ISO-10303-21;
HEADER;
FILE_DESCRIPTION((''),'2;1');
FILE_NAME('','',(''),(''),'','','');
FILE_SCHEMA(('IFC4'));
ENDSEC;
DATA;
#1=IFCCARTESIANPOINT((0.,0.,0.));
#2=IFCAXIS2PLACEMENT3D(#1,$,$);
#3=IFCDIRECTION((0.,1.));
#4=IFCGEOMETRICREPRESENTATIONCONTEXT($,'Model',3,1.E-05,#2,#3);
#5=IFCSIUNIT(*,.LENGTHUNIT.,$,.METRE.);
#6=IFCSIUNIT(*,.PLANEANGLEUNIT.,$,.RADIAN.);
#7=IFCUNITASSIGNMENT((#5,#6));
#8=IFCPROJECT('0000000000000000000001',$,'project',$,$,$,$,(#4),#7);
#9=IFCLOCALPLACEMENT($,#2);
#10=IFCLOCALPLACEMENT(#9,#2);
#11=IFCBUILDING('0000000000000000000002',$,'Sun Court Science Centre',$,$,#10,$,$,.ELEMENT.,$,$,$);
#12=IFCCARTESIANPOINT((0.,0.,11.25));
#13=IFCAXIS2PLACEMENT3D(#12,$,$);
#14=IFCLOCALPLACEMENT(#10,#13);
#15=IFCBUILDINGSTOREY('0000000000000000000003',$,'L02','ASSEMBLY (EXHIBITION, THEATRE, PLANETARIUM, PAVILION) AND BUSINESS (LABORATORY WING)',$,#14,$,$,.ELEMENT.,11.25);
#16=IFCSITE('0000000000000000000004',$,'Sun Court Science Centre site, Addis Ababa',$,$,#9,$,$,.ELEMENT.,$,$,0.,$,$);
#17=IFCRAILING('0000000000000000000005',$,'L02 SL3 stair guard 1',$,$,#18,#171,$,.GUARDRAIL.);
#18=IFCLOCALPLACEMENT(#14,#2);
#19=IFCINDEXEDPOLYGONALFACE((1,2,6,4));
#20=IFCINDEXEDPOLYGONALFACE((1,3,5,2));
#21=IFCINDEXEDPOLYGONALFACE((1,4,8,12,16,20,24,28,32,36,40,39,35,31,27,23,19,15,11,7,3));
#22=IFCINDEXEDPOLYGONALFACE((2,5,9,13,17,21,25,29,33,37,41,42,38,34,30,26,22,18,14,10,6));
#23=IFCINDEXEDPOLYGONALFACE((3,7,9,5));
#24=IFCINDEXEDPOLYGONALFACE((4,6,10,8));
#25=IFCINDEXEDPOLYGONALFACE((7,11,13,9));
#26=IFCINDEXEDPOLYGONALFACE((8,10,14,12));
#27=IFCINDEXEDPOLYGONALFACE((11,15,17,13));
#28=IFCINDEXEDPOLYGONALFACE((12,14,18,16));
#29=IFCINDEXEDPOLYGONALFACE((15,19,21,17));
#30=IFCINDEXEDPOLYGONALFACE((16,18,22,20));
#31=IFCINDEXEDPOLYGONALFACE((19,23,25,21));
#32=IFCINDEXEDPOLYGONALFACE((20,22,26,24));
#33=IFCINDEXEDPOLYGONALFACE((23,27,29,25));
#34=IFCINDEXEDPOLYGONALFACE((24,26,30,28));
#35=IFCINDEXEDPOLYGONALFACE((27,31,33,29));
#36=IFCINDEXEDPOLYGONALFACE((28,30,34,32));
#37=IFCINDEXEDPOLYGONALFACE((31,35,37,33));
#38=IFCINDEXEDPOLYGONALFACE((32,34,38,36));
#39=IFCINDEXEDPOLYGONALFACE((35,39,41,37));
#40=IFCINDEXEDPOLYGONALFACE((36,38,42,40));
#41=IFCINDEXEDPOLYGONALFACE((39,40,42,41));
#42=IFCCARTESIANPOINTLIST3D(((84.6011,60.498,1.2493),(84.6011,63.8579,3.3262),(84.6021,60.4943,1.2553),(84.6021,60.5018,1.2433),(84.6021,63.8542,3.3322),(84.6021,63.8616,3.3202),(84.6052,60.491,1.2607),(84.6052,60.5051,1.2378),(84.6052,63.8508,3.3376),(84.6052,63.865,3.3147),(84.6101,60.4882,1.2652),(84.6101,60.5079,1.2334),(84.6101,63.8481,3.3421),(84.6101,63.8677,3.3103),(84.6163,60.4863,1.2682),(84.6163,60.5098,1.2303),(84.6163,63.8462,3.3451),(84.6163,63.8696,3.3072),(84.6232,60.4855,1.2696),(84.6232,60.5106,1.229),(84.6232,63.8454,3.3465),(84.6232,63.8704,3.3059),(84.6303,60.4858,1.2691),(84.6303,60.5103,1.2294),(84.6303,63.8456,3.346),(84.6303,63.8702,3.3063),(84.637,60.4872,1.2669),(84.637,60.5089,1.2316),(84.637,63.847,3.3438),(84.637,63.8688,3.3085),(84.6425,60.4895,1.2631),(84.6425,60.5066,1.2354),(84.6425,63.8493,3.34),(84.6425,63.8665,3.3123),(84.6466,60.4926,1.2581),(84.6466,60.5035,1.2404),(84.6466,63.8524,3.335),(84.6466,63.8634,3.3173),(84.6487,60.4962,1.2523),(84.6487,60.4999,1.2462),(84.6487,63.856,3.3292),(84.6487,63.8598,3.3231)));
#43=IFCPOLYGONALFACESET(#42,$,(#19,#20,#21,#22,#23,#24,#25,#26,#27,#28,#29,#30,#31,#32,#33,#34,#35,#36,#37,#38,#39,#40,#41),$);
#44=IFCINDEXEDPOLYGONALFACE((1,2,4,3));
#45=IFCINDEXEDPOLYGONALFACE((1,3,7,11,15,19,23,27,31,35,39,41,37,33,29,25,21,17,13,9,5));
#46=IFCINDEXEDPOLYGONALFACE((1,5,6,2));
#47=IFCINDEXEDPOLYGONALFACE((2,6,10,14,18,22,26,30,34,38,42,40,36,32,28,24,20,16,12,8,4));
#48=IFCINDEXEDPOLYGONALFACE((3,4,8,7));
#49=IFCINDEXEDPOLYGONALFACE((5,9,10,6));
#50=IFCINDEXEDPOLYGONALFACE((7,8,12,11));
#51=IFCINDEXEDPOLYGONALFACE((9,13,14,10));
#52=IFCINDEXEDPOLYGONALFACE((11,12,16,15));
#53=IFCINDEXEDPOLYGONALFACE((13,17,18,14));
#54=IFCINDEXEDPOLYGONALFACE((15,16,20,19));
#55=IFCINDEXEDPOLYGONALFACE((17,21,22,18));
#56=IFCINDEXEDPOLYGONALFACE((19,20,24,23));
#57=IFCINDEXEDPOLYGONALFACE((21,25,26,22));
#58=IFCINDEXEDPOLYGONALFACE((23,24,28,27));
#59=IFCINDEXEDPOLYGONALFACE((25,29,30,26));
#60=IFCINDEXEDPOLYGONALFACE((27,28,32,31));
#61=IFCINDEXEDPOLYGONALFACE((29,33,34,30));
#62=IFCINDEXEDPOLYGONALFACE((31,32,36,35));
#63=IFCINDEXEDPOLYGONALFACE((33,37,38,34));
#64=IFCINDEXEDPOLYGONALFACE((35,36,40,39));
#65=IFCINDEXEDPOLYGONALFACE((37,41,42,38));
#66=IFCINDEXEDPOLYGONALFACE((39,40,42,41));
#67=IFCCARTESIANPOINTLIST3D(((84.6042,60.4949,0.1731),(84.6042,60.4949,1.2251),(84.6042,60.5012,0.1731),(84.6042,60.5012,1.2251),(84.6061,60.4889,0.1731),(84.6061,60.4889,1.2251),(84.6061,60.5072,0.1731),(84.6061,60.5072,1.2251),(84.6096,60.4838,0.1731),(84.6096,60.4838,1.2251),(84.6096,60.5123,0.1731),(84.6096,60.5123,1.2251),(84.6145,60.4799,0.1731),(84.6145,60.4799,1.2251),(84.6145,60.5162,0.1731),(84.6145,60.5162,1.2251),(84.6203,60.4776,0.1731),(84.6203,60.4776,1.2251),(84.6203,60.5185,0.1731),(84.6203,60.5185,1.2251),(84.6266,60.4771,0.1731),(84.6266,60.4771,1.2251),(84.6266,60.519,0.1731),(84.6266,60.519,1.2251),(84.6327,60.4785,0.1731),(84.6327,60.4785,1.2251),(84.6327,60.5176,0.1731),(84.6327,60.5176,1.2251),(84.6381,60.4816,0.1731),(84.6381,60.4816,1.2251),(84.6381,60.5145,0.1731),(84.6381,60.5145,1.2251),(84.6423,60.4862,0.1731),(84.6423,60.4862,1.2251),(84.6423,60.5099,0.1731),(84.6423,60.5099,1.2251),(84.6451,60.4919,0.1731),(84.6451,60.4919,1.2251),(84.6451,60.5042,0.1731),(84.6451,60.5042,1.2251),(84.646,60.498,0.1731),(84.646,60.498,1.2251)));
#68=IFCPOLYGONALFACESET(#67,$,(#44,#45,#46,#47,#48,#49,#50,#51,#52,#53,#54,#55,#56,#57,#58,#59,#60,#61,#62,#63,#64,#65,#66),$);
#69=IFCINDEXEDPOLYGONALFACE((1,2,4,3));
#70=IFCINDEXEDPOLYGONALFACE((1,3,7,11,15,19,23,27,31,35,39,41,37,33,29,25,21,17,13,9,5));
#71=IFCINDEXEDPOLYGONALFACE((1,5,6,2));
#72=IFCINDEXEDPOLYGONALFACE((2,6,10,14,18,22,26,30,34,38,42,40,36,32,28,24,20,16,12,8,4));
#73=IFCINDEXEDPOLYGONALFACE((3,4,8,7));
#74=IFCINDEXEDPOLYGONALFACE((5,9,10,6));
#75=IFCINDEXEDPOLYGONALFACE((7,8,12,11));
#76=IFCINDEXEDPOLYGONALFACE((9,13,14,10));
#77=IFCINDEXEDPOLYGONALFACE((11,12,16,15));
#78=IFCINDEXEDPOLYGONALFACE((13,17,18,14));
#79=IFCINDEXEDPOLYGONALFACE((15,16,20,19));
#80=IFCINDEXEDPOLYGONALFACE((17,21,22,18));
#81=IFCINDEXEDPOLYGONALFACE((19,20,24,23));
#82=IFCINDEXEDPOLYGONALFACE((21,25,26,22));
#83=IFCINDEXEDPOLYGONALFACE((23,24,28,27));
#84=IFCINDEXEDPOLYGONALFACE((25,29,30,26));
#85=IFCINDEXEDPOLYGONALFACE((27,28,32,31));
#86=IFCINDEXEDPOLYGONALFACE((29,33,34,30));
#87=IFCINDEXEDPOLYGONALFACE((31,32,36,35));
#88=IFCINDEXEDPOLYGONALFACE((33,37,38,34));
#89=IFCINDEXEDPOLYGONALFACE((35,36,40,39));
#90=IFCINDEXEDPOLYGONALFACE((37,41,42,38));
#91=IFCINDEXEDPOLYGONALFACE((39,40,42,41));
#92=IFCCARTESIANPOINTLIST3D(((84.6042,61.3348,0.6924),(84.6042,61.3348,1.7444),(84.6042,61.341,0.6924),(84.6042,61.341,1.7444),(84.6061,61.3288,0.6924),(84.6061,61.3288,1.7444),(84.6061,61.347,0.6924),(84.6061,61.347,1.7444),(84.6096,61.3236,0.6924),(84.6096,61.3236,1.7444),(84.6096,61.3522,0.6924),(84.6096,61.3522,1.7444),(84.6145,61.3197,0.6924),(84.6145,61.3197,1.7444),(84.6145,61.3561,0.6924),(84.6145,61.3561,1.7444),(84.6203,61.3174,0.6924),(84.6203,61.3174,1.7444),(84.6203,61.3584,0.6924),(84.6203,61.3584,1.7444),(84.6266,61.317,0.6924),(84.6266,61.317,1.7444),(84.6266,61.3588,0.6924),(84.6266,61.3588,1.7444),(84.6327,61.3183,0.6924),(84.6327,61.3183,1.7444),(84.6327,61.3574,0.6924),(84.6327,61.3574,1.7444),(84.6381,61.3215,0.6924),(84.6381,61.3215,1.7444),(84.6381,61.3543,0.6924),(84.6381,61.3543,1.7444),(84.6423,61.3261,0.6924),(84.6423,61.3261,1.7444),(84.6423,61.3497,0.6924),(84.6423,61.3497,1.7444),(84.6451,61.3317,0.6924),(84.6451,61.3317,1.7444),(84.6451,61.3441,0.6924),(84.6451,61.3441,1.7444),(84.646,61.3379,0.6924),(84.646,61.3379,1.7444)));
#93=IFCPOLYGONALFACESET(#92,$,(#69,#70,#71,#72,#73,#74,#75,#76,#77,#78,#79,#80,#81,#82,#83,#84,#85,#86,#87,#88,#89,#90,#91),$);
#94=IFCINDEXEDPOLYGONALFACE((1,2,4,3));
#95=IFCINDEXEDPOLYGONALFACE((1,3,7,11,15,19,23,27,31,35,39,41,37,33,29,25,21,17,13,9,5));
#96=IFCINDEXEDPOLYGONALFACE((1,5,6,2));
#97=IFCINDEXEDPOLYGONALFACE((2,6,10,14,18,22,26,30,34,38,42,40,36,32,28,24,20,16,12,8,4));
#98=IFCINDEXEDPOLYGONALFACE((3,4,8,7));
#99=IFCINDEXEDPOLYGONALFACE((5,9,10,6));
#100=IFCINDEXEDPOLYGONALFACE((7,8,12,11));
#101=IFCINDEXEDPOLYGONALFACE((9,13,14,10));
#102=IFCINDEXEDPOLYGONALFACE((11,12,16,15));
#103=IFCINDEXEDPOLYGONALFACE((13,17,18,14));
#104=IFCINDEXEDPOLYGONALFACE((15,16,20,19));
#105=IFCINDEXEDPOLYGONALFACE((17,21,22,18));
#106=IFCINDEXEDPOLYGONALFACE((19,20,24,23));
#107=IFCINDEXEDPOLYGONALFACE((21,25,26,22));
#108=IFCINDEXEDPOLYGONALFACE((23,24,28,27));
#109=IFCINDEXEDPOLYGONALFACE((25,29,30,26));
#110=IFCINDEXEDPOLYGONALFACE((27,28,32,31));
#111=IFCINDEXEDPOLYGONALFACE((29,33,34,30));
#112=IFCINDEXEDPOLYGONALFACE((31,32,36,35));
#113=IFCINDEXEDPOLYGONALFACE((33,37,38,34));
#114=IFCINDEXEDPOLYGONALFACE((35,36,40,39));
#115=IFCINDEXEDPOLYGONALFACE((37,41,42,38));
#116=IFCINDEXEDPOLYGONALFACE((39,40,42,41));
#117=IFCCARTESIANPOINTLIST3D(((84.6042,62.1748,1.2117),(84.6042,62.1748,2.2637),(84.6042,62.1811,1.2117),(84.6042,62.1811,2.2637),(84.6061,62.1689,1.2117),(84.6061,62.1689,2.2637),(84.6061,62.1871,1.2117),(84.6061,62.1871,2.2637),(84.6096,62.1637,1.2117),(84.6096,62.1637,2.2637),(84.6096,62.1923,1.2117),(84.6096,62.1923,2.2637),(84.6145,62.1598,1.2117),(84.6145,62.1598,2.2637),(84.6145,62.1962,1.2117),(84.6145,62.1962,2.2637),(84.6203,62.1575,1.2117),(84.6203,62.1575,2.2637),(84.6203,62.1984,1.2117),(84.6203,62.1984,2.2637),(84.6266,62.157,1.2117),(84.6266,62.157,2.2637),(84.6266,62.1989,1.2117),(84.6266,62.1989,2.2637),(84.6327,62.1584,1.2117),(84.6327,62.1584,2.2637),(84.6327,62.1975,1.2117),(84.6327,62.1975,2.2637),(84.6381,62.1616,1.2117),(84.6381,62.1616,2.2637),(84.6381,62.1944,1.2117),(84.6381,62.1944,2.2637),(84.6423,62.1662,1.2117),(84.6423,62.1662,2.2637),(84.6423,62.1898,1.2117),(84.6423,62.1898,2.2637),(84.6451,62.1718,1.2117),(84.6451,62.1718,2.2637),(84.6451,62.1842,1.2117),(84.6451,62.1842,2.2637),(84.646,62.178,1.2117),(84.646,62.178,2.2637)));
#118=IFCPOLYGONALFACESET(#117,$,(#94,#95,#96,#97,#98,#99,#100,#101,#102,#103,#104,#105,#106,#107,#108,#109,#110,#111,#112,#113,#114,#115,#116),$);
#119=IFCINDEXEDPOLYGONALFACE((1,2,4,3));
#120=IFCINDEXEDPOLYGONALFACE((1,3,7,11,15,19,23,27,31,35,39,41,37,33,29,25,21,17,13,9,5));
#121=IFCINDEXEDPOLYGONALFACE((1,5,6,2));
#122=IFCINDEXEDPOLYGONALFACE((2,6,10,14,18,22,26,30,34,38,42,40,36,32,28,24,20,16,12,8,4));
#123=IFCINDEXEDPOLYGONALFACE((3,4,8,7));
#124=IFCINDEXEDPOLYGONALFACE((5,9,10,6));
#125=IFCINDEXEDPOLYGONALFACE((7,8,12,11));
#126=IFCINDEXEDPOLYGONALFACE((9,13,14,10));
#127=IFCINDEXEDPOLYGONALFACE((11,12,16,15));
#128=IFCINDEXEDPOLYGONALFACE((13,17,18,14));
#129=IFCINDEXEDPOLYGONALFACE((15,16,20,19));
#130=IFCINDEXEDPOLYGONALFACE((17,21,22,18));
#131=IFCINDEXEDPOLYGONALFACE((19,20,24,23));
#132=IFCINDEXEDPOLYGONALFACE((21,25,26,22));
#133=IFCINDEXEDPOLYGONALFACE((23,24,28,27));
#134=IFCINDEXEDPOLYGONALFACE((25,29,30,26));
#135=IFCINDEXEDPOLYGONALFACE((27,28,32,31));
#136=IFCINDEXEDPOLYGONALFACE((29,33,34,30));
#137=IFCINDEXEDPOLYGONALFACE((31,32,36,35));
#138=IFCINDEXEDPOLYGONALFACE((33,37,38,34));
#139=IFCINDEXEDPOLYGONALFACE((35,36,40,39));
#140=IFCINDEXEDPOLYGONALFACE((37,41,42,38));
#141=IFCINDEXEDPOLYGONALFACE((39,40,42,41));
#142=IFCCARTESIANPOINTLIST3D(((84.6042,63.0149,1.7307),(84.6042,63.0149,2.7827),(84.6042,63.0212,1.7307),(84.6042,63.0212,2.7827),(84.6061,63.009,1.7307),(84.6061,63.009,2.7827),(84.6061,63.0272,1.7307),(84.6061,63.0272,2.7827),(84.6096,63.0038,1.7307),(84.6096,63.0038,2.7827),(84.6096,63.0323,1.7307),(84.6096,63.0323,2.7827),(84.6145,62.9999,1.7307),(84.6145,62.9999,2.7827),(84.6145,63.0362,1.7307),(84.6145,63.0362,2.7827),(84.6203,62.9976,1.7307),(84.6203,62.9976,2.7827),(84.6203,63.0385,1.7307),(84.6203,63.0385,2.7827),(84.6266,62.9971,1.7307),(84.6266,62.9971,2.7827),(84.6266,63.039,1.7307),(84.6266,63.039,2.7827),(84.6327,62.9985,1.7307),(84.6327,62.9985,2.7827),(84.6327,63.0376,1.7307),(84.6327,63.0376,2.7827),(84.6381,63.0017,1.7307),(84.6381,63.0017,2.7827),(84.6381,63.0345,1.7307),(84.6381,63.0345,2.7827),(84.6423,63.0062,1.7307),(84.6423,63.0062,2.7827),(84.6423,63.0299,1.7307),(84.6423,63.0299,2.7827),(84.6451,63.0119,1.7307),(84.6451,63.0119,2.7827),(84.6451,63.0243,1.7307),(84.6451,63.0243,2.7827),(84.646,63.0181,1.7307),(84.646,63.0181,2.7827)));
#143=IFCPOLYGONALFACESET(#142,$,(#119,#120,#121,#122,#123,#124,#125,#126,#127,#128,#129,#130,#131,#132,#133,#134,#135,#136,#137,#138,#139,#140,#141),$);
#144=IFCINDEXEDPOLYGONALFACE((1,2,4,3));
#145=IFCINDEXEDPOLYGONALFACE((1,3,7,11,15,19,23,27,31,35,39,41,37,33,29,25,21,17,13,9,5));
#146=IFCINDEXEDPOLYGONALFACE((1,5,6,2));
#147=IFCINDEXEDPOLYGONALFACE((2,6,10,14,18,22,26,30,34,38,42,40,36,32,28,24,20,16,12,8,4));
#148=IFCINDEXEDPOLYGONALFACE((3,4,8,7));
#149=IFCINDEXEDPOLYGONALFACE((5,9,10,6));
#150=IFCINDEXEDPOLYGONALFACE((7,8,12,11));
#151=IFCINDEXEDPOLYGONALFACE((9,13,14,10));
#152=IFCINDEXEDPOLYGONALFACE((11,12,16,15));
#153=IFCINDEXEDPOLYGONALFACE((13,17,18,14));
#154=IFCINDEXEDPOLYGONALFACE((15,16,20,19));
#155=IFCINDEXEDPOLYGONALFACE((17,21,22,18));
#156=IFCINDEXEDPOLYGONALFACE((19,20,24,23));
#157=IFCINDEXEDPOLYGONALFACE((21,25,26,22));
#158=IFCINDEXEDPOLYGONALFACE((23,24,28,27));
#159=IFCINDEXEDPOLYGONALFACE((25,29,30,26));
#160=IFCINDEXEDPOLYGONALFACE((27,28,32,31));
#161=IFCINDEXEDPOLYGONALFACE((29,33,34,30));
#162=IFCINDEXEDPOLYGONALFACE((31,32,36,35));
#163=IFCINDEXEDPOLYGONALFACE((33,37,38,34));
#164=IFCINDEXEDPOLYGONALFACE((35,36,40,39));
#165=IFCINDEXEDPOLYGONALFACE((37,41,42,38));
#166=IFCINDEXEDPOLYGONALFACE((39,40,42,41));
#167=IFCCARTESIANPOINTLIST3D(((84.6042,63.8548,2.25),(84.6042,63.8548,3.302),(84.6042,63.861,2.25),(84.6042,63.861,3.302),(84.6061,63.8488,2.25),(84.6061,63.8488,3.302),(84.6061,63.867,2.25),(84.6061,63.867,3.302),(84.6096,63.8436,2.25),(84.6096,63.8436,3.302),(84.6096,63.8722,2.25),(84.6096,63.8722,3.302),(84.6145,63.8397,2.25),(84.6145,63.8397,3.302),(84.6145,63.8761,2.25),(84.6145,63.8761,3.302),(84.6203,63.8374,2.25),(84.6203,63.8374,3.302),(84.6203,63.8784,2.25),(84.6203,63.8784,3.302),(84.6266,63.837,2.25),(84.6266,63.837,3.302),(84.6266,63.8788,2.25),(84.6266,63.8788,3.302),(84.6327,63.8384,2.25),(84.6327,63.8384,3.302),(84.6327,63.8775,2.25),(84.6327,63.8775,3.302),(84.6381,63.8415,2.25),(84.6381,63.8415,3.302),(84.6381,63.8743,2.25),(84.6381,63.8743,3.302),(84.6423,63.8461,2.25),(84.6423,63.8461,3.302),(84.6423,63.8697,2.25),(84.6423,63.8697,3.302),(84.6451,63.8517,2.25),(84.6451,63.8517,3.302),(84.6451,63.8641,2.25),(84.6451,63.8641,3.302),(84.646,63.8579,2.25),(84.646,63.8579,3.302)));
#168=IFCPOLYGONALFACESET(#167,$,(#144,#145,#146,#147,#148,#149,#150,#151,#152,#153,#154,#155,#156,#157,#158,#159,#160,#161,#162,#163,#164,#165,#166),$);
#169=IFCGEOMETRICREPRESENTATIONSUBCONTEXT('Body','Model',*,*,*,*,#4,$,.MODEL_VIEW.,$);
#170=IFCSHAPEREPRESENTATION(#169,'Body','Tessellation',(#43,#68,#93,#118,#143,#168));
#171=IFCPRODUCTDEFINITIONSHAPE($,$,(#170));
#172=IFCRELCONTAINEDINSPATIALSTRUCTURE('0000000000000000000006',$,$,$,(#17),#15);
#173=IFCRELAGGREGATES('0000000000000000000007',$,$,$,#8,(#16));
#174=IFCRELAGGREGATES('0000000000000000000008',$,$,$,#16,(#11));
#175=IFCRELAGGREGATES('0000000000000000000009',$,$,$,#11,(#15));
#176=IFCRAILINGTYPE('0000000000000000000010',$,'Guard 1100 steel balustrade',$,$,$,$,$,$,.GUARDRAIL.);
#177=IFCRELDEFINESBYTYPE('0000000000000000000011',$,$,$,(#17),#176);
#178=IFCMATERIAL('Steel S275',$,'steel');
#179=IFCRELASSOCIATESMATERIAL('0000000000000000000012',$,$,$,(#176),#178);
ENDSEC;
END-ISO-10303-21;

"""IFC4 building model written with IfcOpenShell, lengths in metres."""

from ifc_helpers import new_model, si_unit, direction, frame, origin, origin_2d, place, context, subcontext, project, spatial, circle, extrude, material, type_object, element, save


model = new_model("IFC4")

# Units and contexts
model_context = context("Model", 3, precision=1e-05, world=origin(), true_north=direction((0.0, 1.0)))
body_context = subcontext(model_context, "Body", "Model", "MODEL_VIEW")
ifc_project = project(units=[si_unit("LENGTHUNIT", "METRE"), si_unit("PLANEANGLEUNIT", "RADIAN")], contexts=[model_context])

# Site, building, storey
site_placement = place(None, origin())
site = spatial("IfcSite", under=ifc_project, at=site_placement, Name="Sun Court Science Centre site, Addis Ababa", CompositionType="ELEMENT", RefElevation=0.0)
building_placement = place(site_placement, origin())
building = spatial("IfcBuilding", under=site, at=building_placement, Name="Sun Court Science Centre", CompositionType="ELEMENT")
storey_placement = place(building_placement, frame((0.0, 0.0, 11.25)))
storey = spatial("IfcBuildingStorey", under=building, at=storey_placement, Name="L02", Description="ASSEMBLY (EXHIBITION, THEATRE, PLANETARIUM, PAVILION) AND BUSINESS (LABORATORY WING)", CompositionType="ELEMENT", Elevation=11.25)

# Railing
ifc_material_1 = material(Name="Steel S275", Category="steel")
railing_type_1 = type_object("IfcRailingType", Name="Guard 1100 steel balustrade", PredefinedType="GUARDRAIL", material=ifc_material_1)
railing_1_placement = place(storey_placement, frame((84.625, 60.498, 0.1731)))
element("IfcRailing", 1, at=railing_1_placement, inside=storey, type_object=railing_type_1, Name="L02 SL3 stair guard 1", PredefinedType="GUARDRAIL", context=body_context, shape_type="SweptSolid", body=[
    extrude(circle(Radius=0.0239, at=origin_2d()), frame((0.0, 0.0, 1.0762), z_axis=(0.0, 0.850606, 0.525803), x_axis=(-1.0, 0.0, 0.0)), (0.0, 0.0, 1.0), 3.95),
    extrude(circle(Radius=0.021, at=origin_2d()), origin(), (0.0, 0.0, 1.0), 1.052),
    extrude(circle(Radius=0.021, at=origin_2d()), frame((0.0, 0.8398, 0.5193)), (0.0, 0.0, 1.0), 1.052),
    extrude(circle(Radius=0.021, at=origin_2d()), frame((0.0, 1.6799, 1.0386)), (0.0, 0.0, 1.0), 1.052),
    extrude(circle(Radius=0.021, at=origin_2d()), frame((0.0, 2.52, 1.5576)), (0.0, 0.0, 1.0), 1.052),
    extrude(circle(Radius=0.021, at=origin_2d()), frame((0.0, 3.3599, 2.0769)), (0.0, 0.0, 1.0), 1.052),
])

save(model, "model.ifc")
